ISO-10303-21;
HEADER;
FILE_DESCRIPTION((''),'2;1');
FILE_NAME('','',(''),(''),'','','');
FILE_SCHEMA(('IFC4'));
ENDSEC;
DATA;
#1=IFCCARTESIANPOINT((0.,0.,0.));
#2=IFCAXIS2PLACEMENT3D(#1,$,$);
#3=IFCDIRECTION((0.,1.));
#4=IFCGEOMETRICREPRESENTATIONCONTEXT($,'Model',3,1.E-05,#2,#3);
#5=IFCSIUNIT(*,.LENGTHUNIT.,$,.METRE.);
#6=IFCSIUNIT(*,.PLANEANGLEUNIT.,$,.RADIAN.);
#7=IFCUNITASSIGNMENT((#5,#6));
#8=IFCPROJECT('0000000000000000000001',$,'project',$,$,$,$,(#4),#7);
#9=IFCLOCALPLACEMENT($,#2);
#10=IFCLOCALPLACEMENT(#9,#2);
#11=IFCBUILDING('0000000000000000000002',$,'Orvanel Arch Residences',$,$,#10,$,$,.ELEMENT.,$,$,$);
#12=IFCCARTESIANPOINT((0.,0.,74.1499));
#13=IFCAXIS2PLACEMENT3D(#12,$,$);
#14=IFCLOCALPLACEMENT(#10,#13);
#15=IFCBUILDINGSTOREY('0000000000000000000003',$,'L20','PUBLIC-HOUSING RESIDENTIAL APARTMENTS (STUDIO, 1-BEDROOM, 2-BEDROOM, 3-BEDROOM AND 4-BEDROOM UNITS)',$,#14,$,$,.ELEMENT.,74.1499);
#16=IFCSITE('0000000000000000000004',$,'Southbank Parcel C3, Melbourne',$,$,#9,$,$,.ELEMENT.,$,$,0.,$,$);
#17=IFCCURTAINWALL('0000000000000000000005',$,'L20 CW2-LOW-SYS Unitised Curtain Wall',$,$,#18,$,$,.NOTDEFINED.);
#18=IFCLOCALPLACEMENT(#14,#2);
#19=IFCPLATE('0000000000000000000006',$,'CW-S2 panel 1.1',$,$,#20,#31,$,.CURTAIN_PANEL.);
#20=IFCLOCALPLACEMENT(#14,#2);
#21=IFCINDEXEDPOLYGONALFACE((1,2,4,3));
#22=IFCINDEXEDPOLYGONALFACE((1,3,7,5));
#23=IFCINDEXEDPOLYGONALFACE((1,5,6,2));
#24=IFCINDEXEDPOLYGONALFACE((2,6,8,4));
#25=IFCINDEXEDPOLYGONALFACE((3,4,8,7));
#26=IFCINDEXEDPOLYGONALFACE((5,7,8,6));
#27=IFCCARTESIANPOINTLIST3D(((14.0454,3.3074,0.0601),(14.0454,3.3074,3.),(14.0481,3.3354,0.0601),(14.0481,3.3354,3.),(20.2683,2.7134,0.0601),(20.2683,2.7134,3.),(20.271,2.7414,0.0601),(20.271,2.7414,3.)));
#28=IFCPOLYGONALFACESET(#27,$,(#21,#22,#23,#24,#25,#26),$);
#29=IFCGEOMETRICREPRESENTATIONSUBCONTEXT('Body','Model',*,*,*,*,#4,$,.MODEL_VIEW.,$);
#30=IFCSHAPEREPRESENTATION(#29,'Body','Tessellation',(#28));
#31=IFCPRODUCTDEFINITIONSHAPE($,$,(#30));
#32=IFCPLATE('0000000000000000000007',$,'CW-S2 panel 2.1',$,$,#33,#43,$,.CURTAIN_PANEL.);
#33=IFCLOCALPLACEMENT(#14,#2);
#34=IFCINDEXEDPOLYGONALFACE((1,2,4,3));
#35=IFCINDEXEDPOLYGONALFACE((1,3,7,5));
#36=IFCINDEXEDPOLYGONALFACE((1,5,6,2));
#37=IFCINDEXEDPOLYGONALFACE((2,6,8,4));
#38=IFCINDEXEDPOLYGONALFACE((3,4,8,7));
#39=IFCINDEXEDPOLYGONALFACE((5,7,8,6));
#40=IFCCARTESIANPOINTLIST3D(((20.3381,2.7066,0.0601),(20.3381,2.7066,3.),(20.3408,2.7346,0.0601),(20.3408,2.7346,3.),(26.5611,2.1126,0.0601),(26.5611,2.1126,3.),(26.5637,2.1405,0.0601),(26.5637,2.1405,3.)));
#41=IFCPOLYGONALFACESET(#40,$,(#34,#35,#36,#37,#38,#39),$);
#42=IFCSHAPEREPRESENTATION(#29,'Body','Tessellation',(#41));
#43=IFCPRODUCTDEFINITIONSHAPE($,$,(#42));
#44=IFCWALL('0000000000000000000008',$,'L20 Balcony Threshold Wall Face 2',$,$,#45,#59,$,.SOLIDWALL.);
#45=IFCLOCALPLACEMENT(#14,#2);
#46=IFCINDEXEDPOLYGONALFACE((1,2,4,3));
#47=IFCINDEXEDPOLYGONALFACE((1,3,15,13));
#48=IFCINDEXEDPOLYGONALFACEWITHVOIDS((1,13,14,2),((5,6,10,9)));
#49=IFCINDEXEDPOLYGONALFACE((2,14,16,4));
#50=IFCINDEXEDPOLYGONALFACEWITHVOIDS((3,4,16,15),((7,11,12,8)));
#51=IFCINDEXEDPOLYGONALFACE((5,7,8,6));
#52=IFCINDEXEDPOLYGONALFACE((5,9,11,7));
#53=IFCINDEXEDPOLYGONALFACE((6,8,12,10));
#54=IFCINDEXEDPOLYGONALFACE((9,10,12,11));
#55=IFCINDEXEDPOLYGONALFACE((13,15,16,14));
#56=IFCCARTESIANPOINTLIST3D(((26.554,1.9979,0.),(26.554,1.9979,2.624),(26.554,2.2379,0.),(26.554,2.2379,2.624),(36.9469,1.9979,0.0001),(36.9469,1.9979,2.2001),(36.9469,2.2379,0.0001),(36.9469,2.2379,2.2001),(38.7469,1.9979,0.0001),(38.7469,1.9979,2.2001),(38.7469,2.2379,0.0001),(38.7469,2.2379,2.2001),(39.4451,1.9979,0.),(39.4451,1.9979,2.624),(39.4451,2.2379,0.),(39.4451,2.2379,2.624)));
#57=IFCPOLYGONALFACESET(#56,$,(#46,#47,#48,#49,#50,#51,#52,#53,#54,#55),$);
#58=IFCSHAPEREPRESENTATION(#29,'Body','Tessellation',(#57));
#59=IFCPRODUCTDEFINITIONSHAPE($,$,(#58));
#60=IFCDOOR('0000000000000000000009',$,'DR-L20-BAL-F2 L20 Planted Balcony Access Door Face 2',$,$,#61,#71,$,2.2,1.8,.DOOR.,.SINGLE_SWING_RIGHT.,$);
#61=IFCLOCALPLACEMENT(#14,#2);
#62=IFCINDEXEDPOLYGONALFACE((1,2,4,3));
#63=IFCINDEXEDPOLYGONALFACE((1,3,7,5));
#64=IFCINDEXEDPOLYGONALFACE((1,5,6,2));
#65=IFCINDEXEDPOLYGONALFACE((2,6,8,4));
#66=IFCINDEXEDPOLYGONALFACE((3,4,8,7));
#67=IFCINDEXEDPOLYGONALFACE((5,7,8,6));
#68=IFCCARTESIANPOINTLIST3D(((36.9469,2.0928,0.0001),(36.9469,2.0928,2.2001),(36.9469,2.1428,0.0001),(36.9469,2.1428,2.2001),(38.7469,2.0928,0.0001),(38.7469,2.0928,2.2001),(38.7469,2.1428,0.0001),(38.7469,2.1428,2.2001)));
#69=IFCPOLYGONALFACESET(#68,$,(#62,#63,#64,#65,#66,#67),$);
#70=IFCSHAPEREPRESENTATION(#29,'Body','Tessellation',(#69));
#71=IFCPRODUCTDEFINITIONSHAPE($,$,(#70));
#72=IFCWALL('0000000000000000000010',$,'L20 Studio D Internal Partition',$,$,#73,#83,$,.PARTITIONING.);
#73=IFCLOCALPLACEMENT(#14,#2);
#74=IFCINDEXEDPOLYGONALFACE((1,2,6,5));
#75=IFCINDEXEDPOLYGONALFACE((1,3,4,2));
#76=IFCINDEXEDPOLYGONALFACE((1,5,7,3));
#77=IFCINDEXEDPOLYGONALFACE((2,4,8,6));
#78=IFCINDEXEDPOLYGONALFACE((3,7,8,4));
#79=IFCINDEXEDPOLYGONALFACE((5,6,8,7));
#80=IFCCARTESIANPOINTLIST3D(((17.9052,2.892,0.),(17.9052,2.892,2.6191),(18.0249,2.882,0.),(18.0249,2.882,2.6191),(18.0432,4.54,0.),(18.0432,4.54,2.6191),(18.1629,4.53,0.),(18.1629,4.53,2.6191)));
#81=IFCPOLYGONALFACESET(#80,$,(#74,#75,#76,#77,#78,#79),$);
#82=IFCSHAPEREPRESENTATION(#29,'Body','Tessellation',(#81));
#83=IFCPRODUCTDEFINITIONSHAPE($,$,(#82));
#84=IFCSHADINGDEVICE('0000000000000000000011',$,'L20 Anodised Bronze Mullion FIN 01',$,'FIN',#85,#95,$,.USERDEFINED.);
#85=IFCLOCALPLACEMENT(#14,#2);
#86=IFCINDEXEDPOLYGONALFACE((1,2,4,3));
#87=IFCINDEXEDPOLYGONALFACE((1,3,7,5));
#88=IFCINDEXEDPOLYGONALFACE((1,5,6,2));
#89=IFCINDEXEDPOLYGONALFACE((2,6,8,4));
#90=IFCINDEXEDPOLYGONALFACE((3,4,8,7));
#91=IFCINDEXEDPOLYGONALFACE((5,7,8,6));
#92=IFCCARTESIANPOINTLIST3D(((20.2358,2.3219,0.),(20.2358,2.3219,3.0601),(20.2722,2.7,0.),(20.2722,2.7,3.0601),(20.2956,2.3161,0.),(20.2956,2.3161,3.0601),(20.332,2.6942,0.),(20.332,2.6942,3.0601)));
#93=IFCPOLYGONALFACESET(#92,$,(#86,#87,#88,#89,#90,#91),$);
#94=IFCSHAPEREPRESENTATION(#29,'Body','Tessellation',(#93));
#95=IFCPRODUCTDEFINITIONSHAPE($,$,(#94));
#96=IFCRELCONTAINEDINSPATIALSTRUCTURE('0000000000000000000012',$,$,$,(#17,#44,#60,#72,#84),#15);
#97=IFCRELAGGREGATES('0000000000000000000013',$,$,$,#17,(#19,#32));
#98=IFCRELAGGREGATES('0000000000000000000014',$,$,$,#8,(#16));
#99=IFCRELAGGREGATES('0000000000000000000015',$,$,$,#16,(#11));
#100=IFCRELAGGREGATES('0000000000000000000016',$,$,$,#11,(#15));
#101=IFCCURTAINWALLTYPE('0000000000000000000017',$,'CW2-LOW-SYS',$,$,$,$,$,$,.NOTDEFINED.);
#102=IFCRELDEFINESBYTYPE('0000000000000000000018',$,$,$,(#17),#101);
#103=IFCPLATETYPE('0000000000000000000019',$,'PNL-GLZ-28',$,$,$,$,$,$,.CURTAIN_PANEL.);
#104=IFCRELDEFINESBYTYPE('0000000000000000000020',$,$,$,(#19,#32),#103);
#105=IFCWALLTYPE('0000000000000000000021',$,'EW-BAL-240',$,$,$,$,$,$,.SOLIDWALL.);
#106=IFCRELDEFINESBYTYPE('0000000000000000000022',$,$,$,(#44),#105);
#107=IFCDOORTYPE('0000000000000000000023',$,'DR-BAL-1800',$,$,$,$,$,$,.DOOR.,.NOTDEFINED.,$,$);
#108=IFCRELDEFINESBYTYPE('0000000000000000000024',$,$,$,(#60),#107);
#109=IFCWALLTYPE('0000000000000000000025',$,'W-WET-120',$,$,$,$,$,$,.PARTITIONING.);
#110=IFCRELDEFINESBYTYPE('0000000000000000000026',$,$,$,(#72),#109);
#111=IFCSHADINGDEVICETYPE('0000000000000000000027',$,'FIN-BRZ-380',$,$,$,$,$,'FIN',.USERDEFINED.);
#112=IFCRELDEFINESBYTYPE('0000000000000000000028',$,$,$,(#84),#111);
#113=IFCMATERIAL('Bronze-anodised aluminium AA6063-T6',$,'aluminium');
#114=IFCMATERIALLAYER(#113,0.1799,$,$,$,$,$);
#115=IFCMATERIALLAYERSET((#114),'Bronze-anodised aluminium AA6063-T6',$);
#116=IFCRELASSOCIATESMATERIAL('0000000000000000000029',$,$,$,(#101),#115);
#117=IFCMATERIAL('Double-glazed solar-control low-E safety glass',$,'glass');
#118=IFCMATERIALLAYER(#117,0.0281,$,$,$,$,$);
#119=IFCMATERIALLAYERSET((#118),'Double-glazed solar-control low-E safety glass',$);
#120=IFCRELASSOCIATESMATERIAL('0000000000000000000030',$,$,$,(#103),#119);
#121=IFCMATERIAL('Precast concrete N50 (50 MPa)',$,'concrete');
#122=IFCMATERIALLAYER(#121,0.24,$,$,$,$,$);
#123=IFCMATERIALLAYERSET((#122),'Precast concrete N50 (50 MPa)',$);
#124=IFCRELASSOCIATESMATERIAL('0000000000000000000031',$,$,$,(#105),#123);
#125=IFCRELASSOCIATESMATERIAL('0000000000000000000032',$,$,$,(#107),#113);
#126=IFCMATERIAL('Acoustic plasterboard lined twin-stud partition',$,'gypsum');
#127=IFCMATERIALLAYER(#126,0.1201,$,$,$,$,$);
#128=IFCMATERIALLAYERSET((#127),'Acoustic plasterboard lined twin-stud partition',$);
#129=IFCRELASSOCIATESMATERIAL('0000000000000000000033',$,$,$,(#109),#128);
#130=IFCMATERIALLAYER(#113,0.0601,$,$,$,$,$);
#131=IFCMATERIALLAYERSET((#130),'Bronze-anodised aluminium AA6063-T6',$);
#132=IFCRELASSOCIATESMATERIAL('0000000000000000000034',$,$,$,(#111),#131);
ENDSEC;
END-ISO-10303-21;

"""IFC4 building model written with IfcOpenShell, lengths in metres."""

from ifc_helpers import new_model, si_unit, direction, frame, frame_2d, origin, origin_2d, place, context, subcontext, project, spatial, rectangle, extrude, material, layer, layer_set, type_object, element, fill, aggregate, save


model = new_model("IFC4")

# Units and contexts
model_context = context("Model", 3, precision=1e-05, world=origin(), true_north=direction((0.0, 1.0)))
body_context = subcontext(model_context, "Body", "Model", "MODEL_VIEW")
ifc_project = project(units=[si_unit("LENGTHUNIT", "METRE"), si_unit("PLANEANGLEUNIT", "RADIAN")], contexts=[model_context])

# Site, building, storey
site_placement = place(None, origin())
site = spatial("IfcSite", under=ifc_project, at=site_placement, Name="Southbank Parcel C3, Melbourne", CompositionType="ELEMENT", RefElevation=0.0)
building_placement = place(site_placement, origin())
building = spatial("IfcBuilding", under=site, at=building_placement, Name="Orvanel Arch Residences", CompositionType="ELEMENT")
storey_placement = place(building_placement, frame((0.0, 0.0, 74.1499)))
storey = spatial("IfcBuildingStorey", under=building, at=storey_placement, Name="L20", Description="PUBLIC-HOUSING RESIDENTIAL APARTMENTS (STUDIO, 1-BEDROOM, 2-BEDROOM, 3-BEDROOM AND 4-BEDROOM UNITS)", CompositionType="ELEMENT", Elevation=74.1499)

# Shared definitions
ifc_material_1 = material(Name="Bronze-anodised aluminium AA6063-T6", Category="aluminium")

# Curtain wall
ifc_layer_1 = layer(ifc_material_1, 0.1799)
ifc_layer_set_1 = layer_set([ifc_layer_1], Name="Bronze-anodised aluminium AA6063-T6")
curtain_wall_type_1 = type_object("IfcCurtainWallType", Name="CW2-LOW-SYS", PredefinedType="NOTDEFINED", material=ifc_layer_set_1)
curtain_wall_1_placement = place(storey_placement, origin())
curtain_wall_1 = element("IfcCurtainWall", 1, at=curtain_wall_1_placement, inside=storey, type_object=curtain_wall_type_1, Name="L20 CW2-LOW-SYS Unitised Curtain Wall", PredefinedType="NOTDEFINED")

# Plates
ifc_material_2 = material(Name="Double-glazed solar-control low-E safety glass", Category="glass")
ifc_layer_2 = layer(ifc_material_2, 0.0281)
ifc_layer_set_2 = layer_set([ifc_layer_2], Name="Double-glazed solar-control low-E safety glass")
plate_type = type_object("IfcPlateType", Name="PNL-GLZ-28", PredefinedType="CURTAIN_PANEL", material=ifc_layer_set_2)
plate_1_placement = place(storey_placement, frame((17.1582, 3.0244, 0.0601), z_axis=(0.0, 0.0, 1.0), x_axis=(0.995475, -0.095024, 0.0)))
plate_1 = element("IfcPlate", 2, at=plate_1_placement, type_object=plate_type, Name="CW-S2 panel 1.1", PredefinedType="CURTAIN_PANEL", context=body_context, shape_type="SweptSolid", body=[
    extrude(rectangle(XDim=6.2512, YDim=0.0281, at=origin_2d()), origin(), (0.0, 0.0, 1.0), 2.9399),
])
plate_2_placement = place(storey_placement, frame((23.4509, 2.4236, 0.0601), z_axis=(0.0, 0.0, 1.0), x_axis=(0.995475, -0.095024, 0.0)))
plate_2 = element("IfcPlate", 3, at=plate_2_placement, type_object=plate_type, Name="CW-S2 panel 2.1", PredefinedType="CURTAIN_PANEL", context=body_context, shape_type="SweptSolid", body=[
    extrude(rectangle(XDim=6.2512, YDim=0.0281, at=origin_2d()), origin(), (0.0, 0.0, 1.0), 2.9399),
])
aggregate(curtain_wall_1, [plate_1, plate_2])

# Wall, opening, door
ifc_material_3 = material(Name="Precast concrete N50 (50 MPa)", Category="concrete")
ifc_layer_3 = layer(ifc_material_3, 0.24)
ifc_layer_set_3 = layer_set([ifc_layer_3], Name="Precast concrete N50 (50 MPa)")
wall_type_1 = type_object("IfcWallType", Name="EW-BAL-240", PredefinedType="SOLIDWALL", material=ifc_layer_set_3)
wall_1_placement = place(storey_placement, frame((26.554, 2.1179, 0.0), z_axis=(0.0, 0.0, 1.0), x_axis=(1.0, 0.0, 0.0)))
wall_1 = element("IfcWall", 4, at=wall_1_placement, inside=storey, type_object=wall_type_1, Name="L20 Balcony Threshold Wall Face 2", PredefinedType="SOLIDWALL", context=body_context, shape_type="SweptSolid", body=[
    extrude(rectangle(XDim=12.8911, YDim=0.24, at=frame_2d((6.4456, 0.0))), origin(), (0.0, 0.0, 1.0), 2.624),
])
opening_placement = place(wall_1_placement, frame((10.3931, 0.0, 0.0)))
opening = element("IfcOpeningElement", 5, at=opening_placement, cuts=wall_1, PredefinedType="OPENING", context=body_context, shape_type="SweptSolid", body=[
    extrude(rectangle(XDim=1.8, YDim=2.2, at=frame_2d((0.8999, 1.1001))), frame((0.0, 0.1299, 0.0), z_axis=(0.0, -1.0, 0.0), x_axis=(1.0, 0.0, 0.0)), (0.0, 0.0, 1.0), 0.26),
])
door_type = type_object("IfcDoorType", Name="DR-BAL-1800", OperationType="NOTDEFINED", PredefinedType="DOOR", material=ifc_material_1)
door_placement = place(opening_placement, origin())
door = element("IfcDoor", 6, at=door_placement, inside=storey, type_object=door_type, Name="DR-L20-BAL-F2 L20 Planted Balcony Access Door Face 2", OperationType="SINGLE_SWING_RIGHT", OverallHeight=2.2, OverallWidth=1.8, PredefinedType="DOOR", context=body_context, shape_type="SweptSolid", body=[
    extrude(rectangle(XDim=1.8, YDim=2.2, at=frame_2d((0.8999, 1.1001))), frame((0.0, 0.0249, 0.0), z_axis=(0.0, -1.0, 0.0), x_axis=(1.0, 0.0, 0.0)), (0.0, 0.0, 1.0), 0.05),
])
fill(opening, door)

# Wall
ifc_material_4 = material(Name="Acoustic plasterboard lined twin-stud partition", Category="gypsum")
ifc_layer_4 = layer(ifc_material_4, 0.1201)
ifc_layer_set_4 = layer_set([ifc_layer_4], Name="Acoustic plasterboard lined twin-stud partition")
wall_type_2 = type_object("IfcWallType", Name="W-WET-120", PredefinedType="PARTITIONING", material=ifc_layer_set_4)
wall_2_placement = place(storey_placement, frame((17.9651, 2.887, 0.0), z_axis=(0.0, 0.0, 1.0), x_axis=(0.083412, 0.996515, 0.0)))
element("IfcWall", 7, at=wall_2_placement, inside=storey, type_object=wall_type_2, Name="L20 Studio D Internal Partition", PredefinedType="PARTITIONING", context=body_context, shape_type="SweptSolid", body=[
    extrude(rectangle(XDim=1.6538, YDim=0.1201, at=frame_2d((0.8269, 0.0))), origin(), (0.0, 0.0, 1.0), 2.6191),
])

# Shading device
ifc_layer_5 = layer(ifc_material_1, 0.0601)
ifc_layer_set_5 = layer_set([ifc_layer_5], Name="Bronze-anodised aluminium AA6063-T6")
shading_device_type = type_object("IfcShadingDeviceType", Name="FIN-BRZ-380", ElementType="FIN", PredefinedType="USERDEFINED", material=ifc_layer_set_5)
shading_device_placement = place(storey_placement, frame((20.2839, 2.5081, 0.0), z_axis=(0.0, 0.0, 1.0), x_axis=(-0.095846, -0.995396, 0.0)))
element("IfcShadingDevice", 8, at=shading_device_placement, inside=storey, type_object=shading_device_type, Name="L20 Anodised Bronze Mullion FIN 01", ObjectType="FIN", PredefinedType="USERDEFINED", context=body_context, shape_type="SweptSolid", body=[
    extrude(rectangle(XDim=0.3799, YDim=0.0601, at=origin_2d()), origin(), (0.0, 0.0, 1.0), 3.0601),
])

save(model, "model.ifc")
